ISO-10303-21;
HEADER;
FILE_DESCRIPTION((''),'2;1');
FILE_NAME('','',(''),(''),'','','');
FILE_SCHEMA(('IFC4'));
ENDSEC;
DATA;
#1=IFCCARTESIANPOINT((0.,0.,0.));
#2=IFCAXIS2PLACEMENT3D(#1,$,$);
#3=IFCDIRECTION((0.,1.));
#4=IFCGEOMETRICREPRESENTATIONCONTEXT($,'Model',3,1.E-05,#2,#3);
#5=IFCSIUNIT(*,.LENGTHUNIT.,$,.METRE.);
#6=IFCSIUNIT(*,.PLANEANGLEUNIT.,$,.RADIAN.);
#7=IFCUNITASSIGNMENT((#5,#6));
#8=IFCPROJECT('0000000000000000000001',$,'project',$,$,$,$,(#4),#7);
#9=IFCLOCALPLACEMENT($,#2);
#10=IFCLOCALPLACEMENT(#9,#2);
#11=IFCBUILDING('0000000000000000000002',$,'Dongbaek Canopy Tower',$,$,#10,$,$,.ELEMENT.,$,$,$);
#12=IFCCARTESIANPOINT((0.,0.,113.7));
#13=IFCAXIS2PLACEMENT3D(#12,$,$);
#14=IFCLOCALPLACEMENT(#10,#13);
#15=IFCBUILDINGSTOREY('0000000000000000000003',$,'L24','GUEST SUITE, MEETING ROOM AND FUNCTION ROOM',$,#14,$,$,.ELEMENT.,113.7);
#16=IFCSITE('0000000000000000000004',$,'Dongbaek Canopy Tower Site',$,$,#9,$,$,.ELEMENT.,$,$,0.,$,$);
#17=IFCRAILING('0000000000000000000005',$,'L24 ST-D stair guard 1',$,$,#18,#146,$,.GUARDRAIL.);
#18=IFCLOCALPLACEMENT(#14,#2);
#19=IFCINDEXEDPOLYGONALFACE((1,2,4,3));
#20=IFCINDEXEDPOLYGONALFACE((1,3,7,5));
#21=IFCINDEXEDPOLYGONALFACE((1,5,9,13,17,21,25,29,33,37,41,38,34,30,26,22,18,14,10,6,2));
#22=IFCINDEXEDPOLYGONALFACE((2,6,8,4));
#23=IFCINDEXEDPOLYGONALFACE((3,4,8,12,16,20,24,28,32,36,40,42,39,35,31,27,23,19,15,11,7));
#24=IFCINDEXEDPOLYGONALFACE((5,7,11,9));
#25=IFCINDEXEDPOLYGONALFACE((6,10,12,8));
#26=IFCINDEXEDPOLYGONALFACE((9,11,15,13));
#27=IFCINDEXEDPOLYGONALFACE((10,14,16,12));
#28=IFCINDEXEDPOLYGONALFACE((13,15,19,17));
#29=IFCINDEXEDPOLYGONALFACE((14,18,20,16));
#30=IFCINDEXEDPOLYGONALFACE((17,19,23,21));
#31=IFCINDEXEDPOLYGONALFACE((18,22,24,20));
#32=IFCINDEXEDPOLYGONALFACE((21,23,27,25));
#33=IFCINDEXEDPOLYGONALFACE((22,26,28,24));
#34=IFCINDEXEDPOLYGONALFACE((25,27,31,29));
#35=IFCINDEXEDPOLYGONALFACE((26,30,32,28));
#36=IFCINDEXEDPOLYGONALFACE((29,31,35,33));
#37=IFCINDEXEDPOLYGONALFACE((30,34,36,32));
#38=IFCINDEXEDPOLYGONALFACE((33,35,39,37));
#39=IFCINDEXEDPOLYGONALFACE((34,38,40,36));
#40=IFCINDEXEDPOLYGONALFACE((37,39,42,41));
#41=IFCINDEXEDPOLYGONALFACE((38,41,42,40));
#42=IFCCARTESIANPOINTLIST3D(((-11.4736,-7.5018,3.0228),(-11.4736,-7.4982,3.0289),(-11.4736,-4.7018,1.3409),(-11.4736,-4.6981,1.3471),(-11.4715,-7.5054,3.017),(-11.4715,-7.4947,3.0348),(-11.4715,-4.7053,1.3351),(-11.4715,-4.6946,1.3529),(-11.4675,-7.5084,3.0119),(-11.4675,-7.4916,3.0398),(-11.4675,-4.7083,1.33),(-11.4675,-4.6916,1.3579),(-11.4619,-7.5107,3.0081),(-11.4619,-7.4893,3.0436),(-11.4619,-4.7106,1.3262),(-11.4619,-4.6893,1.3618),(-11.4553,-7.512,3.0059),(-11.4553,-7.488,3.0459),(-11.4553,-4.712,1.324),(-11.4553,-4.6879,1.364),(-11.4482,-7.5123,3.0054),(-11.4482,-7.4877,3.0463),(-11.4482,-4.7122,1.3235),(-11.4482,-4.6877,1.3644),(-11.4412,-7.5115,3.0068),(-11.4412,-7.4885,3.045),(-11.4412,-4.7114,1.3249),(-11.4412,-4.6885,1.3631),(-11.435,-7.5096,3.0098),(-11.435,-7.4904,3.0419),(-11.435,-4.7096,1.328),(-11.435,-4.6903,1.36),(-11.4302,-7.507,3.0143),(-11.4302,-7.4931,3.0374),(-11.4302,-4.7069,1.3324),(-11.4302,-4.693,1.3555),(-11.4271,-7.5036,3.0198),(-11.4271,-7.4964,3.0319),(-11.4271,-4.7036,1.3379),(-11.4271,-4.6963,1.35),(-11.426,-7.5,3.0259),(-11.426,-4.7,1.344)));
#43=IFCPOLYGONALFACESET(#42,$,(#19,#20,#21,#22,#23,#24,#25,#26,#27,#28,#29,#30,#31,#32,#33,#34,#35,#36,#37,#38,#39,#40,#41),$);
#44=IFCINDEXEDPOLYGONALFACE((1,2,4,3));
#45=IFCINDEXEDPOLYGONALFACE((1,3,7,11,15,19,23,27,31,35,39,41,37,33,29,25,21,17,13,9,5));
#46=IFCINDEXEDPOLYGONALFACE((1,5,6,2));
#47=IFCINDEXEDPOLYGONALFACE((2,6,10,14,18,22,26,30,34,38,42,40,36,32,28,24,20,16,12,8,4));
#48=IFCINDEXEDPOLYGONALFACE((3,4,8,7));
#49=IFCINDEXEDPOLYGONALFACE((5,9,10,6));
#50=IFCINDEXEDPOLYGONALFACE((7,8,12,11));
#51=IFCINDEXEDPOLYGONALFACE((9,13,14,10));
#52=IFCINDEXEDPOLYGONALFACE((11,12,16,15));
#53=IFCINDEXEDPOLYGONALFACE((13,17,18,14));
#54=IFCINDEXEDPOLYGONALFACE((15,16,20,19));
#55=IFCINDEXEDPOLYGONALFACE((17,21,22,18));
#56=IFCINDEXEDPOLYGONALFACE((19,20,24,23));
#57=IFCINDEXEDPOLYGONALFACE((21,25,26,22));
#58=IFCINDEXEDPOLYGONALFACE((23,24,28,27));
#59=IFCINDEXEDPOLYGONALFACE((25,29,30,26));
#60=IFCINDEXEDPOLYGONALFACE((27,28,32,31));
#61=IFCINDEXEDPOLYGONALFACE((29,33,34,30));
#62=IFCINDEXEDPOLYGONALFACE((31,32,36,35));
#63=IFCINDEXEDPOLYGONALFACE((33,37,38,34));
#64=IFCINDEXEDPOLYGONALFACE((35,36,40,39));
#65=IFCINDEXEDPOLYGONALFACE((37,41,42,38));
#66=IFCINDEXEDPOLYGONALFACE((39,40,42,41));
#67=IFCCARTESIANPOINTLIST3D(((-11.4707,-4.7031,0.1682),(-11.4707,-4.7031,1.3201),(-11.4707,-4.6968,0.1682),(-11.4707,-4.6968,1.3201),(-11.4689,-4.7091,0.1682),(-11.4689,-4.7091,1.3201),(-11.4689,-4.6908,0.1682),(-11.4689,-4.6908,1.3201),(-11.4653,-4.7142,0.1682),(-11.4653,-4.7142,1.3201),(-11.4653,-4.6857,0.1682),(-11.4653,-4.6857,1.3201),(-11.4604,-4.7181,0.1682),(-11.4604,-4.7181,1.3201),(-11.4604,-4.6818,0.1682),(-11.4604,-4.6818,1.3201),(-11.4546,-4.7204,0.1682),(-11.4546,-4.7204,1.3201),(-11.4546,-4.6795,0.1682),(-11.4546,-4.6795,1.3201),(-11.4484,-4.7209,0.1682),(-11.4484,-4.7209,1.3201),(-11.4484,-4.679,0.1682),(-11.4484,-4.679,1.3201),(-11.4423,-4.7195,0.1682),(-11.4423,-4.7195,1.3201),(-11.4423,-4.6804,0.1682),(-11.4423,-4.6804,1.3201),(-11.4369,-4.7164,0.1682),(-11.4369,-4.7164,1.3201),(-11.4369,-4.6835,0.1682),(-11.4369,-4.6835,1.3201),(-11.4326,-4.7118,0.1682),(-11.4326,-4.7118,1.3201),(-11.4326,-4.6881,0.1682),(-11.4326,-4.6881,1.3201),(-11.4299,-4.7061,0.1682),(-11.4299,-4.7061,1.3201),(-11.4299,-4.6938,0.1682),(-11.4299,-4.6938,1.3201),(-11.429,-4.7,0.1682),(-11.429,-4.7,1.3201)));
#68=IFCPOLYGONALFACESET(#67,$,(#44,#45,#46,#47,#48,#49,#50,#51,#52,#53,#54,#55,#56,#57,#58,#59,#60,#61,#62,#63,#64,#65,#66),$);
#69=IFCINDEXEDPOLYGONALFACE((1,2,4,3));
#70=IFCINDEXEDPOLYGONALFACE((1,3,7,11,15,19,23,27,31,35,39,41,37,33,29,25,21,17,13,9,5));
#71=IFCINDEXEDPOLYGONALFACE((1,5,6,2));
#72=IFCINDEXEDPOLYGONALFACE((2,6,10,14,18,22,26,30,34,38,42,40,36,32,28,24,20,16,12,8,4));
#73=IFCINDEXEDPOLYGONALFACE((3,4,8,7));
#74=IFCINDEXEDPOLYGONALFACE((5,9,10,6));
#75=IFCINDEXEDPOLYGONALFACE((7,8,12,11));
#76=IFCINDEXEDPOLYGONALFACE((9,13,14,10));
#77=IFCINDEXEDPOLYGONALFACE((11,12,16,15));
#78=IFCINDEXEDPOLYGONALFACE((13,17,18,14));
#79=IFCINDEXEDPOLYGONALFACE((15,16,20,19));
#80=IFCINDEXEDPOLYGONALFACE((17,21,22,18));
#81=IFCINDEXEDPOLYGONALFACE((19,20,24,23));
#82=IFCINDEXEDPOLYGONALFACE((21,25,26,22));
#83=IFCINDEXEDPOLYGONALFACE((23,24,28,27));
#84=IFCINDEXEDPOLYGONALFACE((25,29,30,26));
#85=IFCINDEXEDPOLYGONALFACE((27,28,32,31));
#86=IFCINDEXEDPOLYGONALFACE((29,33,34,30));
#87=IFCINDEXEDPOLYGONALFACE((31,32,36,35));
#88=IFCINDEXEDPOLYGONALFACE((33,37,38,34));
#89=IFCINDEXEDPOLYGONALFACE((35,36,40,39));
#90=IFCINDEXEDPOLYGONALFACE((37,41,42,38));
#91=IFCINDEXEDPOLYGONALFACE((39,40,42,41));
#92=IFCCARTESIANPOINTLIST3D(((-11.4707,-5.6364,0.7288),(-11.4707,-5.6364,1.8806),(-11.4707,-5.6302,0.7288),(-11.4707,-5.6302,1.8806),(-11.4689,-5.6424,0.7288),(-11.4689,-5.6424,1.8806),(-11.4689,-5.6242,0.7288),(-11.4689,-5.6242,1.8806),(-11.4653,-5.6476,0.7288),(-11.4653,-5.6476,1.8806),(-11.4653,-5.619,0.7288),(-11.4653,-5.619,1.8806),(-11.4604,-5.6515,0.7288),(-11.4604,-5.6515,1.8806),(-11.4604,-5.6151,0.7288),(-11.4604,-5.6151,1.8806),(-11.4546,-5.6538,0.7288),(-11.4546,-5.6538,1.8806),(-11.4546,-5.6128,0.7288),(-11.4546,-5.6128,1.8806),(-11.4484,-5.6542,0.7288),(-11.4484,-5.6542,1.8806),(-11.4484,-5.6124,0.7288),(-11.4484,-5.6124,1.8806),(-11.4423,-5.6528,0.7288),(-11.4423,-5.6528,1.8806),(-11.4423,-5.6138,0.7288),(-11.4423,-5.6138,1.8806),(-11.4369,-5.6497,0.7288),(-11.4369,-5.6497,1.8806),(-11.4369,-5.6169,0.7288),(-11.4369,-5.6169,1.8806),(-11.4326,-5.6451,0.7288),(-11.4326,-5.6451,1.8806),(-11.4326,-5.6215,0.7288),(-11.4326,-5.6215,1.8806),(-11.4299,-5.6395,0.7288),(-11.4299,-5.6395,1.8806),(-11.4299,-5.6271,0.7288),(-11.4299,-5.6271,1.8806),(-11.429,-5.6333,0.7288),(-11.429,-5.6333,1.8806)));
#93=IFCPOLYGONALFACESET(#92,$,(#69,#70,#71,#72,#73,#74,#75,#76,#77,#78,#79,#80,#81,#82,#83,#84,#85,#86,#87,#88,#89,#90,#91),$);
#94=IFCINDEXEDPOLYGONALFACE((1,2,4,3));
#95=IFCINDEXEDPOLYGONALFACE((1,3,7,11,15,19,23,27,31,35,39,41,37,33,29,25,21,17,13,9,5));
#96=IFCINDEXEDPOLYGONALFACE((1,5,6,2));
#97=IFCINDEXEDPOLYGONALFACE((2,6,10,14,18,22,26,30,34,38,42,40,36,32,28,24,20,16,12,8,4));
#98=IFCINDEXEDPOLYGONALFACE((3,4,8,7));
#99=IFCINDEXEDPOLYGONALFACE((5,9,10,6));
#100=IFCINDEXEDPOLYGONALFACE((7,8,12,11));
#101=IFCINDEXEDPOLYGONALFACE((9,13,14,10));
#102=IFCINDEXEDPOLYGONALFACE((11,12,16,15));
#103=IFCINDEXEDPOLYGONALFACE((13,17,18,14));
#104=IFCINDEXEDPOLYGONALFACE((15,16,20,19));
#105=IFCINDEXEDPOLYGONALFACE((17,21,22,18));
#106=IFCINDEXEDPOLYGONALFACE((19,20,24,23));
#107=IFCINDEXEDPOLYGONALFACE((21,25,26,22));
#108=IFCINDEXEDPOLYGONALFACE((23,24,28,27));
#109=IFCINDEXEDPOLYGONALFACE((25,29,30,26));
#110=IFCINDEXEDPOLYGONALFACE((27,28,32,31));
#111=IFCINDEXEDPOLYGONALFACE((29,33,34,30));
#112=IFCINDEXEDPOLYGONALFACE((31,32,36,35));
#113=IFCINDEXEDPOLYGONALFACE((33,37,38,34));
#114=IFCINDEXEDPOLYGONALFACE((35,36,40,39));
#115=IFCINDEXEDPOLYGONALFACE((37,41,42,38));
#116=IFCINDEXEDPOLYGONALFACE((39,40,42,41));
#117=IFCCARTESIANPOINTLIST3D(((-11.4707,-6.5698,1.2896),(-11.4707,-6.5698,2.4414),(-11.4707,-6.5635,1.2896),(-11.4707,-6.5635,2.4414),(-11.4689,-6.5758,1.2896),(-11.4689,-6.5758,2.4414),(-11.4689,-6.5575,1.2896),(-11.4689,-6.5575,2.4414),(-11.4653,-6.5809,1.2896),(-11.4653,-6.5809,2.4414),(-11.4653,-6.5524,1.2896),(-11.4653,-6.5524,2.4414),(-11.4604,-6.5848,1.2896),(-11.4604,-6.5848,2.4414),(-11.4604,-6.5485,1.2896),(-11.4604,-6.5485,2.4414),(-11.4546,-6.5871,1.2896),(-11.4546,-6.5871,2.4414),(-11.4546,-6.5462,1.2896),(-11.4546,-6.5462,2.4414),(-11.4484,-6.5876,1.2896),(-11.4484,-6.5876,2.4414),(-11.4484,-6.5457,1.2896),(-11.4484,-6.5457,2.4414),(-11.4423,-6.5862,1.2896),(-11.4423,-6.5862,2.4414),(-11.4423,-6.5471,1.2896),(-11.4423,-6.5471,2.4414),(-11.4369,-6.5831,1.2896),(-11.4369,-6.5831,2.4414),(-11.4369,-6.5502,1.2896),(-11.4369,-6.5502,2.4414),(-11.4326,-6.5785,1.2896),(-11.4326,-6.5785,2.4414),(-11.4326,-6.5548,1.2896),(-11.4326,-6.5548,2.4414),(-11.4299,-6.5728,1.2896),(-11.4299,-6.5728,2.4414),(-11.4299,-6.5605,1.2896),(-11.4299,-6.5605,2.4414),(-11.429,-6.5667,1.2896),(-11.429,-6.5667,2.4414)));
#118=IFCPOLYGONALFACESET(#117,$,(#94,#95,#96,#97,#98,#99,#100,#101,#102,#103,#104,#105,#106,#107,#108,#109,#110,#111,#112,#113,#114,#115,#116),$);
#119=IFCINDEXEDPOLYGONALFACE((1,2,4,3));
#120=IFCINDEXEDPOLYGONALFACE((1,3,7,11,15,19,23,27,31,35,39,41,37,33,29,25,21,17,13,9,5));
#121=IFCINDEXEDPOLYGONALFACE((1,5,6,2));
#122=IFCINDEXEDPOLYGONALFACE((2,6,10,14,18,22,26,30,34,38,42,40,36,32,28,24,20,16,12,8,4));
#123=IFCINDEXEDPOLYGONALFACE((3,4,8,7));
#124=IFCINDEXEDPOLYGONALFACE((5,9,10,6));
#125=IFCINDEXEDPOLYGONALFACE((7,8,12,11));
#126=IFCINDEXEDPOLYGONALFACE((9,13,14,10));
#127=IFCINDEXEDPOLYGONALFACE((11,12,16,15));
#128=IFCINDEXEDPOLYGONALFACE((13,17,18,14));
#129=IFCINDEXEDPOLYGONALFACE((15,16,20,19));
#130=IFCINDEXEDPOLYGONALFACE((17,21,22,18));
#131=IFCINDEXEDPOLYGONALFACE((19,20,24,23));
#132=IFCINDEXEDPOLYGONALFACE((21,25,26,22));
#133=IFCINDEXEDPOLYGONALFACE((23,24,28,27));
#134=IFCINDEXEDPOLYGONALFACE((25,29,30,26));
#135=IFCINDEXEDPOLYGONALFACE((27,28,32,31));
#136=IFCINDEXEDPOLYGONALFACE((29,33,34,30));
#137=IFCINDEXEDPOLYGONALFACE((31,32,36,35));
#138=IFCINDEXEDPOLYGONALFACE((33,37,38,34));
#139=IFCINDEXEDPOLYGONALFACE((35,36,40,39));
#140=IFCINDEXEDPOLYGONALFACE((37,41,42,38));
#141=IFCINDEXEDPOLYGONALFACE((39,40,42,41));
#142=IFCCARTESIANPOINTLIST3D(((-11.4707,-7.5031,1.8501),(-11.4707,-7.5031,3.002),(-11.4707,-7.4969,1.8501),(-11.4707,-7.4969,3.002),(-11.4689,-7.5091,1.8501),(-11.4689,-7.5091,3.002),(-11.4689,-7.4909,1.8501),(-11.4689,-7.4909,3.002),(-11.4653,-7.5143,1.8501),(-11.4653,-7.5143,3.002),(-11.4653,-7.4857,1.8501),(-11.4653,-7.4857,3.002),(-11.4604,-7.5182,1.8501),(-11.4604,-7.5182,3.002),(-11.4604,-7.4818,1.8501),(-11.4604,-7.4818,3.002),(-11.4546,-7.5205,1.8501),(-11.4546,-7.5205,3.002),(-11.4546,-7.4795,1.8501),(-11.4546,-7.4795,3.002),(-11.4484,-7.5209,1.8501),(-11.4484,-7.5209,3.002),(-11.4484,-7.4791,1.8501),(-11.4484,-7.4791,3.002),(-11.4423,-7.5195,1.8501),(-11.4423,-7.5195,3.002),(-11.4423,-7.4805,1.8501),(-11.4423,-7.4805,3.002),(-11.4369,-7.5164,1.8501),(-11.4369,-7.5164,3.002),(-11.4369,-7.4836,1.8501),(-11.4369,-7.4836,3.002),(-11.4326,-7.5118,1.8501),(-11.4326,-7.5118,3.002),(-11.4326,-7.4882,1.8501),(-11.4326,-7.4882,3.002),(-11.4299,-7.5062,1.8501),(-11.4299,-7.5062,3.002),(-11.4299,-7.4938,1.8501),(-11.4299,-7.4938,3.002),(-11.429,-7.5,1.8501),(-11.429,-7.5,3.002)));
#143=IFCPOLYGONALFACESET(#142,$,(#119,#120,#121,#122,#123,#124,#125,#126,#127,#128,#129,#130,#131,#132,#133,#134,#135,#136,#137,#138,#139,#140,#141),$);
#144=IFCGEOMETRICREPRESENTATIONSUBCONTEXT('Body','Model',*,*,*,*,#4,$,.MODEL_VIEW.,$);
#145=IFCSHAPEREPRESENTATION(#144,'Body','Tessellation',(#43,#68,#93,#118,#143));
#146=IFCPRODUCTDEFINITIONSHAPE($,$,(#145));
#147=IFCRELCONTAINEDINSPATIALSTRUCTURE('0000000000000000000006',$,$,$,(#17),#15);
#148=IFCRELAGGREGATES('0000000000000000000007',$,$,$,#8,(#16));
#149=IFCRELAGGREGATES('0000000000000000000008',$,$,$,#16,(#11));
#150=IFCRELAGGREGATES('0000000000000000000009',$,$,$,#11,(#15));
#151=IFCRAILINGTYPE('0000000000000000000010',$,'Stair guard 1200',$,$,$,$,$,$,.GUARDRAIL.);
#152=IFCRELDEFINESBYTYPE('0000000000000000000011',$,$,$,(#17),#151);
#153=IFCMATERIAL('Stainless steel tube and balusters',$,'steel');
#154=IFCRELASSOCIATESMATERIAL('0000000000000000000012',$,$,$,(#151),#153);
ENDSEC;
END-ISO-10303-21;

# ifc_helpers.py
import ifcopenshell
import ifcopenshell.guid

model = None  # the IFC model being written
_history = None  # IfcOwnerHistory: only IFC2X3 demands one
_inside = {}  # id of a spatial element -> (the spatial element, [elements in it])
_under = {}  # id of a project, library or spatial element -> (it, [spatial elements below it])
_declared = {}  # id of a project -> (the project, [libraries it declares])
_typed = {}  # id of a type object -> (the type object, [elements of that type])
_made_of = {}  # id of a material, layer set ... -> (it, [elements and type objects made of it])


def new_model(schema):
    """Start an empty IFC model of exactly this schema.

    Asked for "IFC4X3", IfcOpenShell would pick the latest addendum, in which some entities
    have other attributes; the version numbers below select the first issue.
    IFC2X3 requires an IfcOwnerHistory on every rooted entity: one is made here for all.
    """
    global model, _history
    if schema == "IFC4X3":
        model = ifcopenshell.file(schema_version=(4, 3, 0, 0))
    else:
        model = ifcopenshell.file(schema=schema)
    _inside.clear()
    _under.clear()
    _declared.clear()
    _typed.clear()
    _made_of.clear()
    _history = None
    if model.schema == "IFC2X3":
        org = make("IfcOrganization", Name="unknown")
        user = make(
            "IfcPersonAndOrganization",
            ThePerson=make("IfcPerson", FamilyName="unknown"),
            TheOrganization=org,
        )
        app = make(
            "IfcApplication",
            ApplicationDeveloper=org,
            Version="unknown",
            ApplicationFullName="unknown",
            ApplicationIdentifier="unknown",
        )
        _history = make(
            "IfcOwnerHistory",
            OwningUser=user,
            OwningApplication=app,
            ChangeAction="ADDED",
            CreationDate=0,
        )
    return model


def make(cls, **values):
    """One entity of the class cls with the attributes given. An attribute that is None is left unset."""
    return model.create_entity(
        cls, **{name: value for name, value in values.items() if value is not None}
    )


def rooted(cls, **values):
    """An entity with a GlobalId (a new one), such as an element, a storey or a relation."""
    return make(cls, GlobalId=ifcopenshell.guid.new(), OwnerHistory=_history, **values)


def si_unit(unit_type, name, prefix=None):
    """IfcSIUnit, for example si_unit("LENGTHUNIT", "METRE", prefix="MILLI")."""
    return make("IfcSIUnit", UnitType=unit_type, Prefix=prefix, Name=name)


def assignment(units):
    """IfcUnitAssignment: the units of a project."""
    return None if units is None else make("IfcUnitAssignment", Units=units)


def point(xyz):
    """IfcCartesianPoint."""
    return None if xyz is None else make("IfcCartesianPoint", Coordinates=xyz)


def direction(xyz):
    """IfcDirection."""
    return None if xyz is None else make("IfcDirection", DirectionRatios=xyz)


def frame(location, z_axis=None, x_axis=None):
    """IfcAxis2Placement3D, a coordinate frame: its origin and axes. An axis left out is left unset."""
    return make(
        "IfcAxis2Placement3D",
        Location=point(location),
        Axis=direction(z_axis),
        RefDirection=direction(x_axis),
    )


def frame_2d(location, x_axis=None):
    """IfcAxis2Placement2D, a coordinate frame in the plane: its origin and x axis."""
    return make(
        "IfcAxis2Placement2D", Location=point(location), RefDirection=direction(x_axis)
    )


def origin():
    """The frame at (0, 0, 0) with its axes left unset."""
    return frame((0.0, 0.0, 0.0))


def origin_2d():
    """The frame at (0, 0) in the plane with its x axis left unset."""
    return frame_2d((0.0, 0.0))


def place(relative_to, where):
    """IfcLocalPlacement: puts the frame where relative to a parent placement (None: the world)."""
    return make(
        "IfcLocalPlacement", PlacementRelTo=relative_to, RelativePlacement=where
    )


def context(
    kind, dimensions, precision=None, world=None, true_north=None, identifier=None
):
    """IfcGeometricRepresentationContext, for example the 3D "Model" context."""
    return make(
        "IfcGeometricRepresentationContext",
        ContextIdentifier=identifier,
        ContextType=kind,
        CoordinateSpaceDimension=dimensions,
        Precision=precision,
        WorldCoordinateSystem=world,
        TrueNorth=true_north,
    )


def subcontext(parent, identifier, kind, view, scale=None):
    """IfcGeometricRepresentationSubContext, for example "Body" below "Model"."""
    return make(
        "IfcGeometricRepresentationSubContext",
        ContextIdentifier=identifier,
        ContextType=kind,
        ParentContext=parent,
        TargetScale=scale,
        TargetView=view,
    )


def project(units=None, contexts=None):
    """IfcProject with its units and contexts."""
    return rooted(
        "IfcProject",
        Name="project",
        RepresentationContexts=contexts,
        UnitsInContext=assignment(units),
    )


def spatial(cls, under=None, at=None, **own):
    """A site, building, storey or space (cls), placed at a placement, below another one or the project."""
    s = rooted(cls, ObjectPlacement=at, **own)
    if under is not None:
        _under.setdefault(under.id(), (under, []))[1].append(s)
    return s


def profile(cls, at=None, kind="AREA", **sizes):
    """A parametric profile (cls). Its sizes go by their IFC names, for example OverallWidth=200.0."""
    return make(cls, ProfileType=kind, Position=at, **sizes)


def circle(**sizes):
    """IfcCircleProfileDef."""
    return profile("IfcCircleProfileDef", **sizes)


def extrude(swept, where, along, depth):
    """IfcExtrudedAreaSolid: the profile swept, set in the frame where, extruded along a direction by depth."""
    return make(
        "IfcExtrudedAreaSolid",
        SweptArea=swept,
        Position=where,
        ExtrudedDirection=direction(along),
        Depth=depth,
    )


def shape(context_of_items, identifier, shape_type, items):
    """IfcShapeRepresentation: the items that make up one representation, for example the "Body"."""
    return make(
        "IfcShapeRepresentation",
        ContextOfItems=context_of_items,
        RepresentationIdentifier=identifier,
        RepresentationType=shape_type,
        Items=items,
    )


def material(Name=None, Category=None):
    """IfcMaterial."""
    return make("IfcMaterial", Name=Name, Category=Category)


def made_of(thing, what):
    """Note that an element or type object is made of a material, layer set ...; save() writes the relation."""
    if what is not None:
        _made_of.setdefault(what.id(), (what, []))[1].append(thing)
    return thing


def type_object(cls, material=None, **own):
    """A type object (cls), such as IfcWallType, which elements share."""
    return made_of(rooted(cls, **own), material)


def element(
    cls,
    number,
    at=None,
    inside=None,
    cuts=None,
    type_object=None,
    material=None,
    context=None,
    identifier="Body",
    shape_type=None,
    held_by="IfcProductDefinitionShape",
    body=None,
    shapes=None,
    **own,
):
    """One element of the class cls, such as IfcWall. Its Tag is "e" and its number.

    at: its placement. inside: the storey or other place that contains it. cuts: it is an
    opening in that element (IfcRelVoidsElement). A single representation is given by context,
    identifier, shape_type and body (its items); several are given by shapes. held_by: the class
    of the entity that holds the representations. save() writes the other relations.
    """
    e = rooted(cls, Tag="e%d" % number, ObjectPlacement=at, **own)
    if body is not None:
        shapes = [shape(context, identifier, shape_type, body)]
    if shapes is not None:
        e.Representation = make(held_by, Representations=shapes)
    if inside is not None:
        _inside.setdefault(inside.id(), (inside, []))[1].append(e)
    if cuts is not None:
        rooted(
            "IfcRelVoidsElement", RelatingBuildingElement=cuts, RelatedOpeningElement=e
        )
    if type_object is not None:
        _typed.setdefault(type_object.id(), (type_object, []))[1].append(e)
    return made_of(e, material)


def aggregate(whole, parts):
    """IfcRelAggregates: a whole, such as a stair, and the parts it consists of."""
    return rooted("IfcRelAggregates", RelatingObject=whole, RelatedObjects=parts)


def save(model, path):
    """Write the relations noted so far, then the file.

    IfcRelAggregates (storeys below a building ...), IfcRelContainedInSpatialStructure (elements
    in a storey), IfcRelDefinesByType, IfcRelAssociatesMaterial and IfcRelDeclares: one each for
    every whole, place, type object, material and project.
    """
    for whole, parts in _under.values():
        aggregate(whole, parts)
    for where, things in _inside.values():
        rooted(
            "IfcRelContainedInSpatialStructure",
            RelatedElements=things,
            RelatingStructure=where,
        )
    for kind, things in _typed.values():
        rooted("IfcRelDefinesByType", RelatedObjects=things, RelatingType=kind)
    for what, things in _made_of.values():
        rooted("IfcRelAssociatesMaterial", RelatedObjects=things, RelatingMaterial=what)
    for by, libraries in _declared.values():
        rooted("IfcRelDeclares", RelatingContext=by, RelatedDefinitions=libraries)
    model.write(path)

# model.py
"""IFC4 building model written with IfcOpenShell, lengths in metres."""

from ifc_helpers import new_model, si_unit, direction, frame, origin, origin_2d, place, context, subcontext, project, spatial, circle, extrude, material, type_object, element, save


model = new_model("IFC4")

# Units and contexts
model_context = context("Model", 3, precision=1e-05, world=origin(), true_north=direction((0.0, 1.0)))
body_context = subcontext(model_context, "Body", "Model", "MODEL_VIEW")
ifc_project = project(units=[si_unit("LENGTHUNIT", "METRE"), si_unit("PLANEANGLEUNIT", "RADIAN")], contexts=[model_context])

# Site, building, storey
site_placement = place(None, origin())
site = spatial("IfcSite", under=ifc_project, at=site_placement, Name="Dongbaek Canopy Tower Site", CompositionType="ELEMENT", RefElevation=0.0)
building_placement = place(site_placement, origin())
building = spatial("IfcBuilding", under=site, at=building_placement, Name="Dongbaek Canopy Tower", CompositionType="ELEMENT")
storey_placement = place(building_placement, frame((0.0, 0.0, 113.7)))
storey = spatial("IfcBuildingStorey", under=building, at=storey_placement, Name="L24", Description="GUEST SUITE, MEETING ROOM AND FUNCTION ROOM", CompositionType="ELEMENT", Elevation=113.7)

# Railing
ifc_material_1 = material(Name="Stainless steel tube and balusters", Category="steel")
railing_type_1 = type_object("IfcRailingType", Name="Stair guard 1200", PredefinedType="GUARDRAIL", material=ifc_material_1)
railing_1_placement = place(storey_placement, frame((-11.45, -4.7, 0.1682)))
element("IfcRailing", 1, at=railing_1_placement, inside=storey, type_object=railing_type_1, Name="L24 ST-D stair guard 1", PredefinedType="GUARDRAIL", context=body_context, shape_type="SweptSolid", body=[
    extrude(circle(Radius=0.0239, at=origin_2d()), frame((0.0, 0.0, 1.1758), z_axis=(0.0, -0.857242, 0.514913), x_axis=(1.0, 0.0, 0.0)), (0.0, 0.0, 1.0), 3.2664),
    extrude(circle(Radius=0.021, at=origin_2d()), origin(), (0.0, 0.0, 1.0), 1.1519),
    extrude(circle(Radius=0.021, at=origin_2d()), frame((0.0, -0.9333, 0.5605)), (0.0, 0.0, 1.0), 1.1519),
    extrude(circle(Radius=0.021, at=origin_2d()), frame((0.0, -1.8667, 1.1213)), (0.0, 0.0, 1.0), 1.1519),
    extrude(circle(Radius=0.021, at=origin_2d()), frame((0.0, -2.8, 1.6819)), (0.0, 0.0, 1.0), 1.1519),
])

save(model, "model.ifc")
